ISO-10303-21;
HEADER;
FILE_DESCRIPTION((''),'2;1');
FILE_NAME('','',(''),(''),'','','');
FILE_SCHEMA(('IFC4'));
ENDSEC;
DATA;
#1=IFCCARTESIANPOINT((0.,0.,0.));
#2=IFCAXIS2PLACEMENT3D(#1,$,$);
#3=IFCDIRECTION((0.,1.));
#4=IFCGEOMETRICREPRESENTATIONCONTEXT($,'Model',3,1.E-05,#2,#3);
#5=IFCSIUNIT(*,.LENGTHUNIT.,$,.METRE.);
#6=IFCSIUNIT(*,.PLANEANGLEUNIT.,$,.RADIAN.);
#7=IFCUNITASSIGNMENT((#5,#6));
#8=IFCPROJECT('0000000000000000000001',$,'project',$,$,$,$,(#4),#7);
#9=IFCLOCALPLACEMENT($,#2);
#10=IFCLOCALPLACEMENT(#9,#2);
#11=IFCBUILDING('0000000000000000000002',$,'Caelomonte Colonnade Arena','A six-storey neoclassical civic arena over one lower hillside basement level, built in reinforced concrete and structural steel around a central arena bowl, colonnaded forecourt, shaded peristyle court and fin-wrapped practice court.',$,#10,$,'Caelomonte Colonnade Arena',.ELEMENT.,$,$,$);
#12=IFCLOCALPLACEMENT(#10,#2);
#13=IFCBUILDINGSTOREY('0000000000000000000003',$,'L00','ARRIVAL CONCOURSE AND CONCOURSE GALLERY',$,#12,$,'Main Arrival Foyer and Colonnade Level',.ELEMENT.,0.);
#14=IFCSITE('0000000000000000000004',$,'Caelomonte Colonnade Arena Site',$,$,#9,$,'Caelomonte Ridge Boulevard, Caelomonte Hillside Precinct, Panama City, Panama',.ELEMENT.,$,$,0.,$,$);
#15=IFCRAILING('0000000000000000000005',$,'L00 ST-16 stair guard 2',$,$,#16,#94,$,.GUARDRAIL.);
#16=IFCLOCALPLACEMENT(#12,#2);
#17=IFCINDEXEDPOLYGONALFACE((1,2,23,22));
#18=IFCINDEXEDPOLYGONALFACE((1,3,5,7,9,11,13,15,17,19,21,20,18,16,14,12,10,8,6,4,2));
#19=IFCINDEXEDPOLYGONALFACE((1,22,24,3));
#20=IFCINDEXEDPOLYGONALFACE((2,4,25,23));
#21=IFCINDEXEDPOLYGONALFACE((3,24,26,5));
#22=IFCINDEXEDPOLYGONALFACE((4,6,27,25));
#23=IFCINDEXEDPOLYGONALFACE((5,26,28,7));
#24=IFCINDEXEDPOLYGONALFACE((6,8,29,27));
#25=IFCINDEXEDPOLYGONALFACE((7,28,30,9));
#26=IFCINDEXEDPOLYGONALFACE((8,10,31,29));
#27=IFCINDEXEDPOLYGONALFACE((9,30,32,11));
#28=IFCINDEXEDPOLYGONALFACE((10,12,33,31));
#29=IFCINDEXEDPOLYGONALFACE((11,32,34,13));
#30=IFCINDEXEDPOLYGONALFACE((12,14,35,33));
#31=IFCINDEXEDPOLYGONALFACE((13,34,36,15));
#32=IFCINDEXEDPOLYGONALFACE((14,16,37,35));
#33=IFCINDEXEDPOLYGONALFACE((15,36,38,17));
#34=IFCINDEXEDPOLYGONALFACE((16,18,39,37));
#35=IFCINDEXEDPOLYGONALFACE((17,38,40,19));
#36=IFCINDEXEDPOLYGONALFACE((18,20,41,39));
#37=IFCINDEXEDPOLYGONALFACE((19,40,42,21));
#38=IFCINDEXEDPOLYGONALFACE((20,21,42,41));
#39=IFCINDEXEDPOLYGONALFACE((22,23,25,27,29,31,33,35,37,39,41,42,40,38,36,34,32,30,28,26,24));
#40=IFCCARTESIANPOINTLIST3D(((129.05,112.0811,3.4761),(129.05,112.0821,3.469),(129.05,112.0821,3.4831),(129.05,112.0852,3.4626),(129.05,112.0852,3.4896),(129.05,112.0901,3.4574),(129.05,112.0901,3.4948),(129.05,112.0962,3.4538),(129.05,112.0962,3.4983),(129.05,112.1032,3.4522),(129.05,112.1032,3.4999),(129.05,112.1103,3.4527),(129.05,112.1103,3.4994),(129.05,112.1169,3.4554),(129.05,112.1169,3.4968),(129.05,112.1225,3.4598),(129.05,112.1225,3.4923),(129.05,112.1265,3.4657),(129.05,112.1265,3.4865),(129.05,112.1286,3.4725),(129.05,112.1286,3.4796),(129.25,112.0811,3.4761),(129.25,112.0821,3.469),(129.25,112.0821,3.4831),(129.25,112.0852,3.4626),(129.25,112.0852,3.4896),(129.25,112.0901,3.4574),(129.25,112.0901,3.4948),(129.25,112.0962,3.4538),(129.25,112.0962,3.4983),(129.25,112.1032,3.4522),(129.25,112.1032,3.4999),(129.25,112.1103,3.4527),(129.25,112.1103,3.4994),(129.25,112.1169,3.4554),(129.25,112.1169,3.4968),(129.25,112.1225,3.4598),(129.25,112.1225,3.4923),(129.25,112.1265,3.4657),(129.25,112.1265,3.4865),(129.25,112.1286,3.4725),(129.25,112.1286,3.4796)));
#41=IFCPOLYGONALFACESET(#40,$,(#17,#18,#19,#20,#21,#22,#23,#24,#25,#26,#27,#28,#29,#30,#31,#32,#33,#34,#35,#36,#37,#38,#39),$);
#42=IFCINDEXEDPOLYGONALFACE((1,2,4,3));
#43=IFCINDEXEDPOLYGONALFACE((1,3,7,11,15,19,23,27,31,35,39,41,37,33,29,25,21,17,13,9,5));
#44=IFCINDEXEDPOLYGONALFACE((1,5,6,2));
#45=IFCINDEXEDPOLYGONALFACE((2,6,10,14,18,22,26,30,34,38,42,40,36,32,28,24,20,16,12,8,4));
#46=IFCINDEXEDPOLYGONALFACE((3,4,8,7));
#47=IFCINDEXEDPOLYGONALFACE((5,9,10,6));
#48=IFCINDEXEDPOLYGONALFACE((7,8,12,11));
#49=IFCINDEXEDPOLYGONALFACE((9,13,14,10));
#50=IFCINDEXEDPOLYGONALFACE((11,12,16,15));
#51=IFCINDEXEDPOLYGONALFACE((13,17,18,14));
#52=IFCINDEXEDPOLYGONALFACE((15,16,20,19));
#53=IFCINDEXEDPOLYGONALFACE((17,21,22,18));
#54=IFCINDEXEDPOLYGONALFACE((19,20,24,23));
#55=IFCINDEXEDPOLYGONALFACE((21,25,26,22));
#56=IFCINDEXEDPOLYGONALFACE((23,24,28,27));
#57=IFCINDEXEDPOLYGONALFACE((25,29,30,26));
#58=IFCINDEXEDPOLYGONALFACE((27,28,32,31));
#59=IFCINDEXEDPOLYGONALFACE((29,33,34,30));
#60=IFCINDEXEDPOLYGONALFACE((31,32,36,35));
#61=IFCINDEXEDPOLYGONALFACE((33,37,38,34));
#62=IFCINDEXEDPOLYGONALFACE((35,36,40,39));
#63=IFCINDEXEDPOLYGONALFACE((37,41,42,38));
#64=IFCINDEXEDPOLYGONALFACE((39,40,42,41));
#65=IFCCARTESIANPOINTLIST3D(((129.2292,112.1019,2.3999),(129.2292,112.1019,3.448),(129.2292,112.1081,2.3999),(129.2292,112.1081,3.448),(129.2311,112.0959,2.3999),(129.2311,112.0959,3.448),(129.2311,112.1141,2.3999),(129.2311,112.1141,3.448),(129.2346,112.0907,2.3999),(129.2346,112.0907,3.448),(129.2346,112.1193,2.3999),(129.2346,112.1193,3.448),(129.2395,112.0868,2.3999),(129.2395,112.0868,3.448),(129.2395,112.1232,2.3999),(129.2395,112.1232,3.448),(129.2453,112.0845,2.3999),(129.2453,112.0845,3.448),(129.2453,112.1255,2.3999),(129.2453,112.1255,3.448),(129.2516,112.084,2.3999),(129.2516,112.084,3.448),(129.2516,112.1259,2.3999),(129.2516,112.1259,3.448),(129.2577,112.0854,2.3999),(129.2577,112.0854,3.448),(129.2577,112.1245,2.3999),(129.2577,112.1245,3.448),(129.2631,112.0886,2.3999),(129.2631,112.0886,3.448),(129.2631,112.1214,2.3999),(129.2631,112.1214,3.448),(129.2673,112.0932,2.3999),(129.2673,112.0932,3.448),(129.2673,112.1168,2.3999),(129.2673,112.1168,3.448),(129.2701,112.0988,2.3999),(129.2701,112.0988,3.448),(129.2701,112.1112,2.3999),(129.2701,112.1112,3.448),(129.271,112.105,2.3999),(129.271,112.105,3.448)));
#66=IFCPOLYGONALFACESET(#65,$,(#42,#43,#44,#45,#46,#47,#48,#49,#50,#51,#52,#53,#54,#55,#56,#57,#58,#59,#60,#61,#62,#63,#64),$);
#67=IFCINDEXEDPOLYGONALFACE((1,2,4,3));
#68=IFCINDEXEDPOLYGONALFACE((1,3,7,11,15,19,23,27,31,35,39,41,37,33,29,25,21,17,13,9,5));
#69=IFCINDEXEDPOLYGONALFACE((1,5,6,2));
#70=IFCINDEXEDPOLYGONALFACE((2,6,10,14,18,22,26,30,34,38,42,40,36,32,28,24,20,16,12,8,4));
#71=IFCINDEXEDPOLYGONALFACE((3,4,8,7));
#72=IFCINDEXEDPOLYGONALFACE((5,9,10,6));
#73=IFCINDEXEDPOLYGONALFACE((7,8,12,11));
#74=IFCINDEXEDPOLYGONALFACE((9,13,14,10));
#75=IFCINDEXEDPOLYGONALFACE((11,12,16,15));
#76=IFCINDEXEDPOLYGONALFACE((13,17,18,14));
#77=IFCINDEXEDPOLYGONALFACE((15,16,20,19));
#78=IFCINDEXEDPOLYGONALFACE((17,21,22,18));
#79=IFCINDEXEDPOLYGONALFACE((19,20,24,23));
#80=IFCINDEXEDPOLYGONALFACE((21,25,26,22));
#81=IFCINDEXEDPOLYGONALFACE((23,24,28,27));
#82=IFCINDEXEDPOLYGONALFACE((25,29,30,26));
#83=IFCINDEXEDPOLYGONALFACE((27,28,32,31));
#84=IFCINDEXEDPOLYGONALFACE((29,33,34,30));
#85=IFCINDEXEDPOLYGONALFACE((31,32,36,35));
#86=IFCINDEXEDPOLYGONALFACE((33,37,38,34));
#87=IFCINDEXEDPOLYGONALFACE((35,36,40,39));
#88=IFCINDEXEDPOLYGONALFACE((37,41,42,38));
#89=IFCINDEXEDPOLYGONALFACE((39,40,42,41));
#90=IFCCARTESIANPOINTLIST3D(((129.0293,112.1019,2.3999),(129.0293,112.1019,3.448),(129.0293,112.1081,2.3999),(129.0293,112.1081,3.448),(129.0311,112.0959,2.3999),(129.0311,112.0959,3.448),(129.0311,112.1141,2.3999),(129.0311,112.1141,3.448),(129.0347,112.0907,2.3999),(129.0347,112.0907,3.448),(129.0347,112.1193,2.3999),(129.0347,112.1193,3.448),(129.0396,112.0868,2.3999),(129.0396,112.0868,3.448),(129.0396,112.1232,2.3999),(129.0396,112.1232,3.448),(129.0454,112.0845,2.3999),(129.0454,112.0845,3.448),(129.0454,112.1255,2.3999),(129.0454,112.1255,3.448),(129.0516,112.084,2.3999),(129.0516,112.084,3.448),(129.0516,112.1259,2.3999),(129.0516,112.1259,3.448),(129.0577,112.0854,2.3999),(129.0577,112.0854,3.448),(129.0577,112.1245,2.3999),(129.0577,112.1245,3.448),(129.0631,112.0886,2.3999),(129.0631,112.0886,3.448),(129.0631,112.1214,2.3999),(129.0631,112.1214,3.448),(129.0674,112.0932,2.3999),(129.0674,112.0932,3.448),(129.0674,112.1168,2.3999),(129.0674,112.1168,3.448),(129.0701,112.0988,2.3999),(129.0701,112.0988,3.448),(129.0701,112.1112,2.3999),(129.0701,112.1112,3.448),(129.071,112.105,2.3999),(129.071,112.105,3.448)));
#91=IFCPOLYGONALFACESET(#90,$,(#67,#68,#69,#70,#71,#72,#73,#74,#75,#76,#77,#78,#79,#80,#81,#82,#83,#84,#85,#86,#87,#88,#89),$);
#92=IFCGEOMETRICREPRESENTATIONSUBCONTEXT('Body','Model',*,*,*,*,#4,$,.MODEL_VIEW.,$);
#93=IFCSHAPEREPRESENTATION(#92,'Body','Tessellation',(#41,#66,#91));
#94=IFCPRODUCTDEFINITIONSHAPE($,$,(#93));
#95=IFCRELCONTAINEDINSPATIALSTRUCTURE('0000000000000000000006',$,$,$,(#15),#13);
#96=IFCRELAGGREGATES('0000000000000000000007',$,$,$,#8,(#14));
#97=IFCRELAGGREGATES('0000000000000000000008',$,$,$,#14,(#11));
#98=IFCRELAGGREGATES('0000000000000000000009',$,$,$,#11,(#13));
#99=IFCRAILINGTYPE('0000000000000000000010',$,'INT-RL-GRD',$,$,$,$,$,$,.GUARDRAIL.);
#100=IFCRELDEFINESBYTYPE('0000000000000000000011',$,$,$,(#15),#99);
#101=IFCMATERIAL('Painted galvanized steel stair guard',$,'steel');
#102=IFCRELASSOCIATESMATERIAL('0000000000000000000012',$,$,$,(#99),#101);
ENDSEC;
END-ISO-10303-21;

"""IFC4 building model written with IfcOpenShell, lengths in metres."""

from ifc_helpers import new_model, si_unit, direction, frame, origin, origin_2d, place, context, subcontext, project, spatial, circle, extrude, material, type_object, element, save


model = new_model("IFC4")

# Units and contexts
model_context = context("Model", 3, precision=1e-05, world=origin(), true_north=direction((0.0, 1.0)))
body_context = subcontext(model_context, "Body", "Model", "MODEL_VIEW")
ifc_project = project(units=[si_unit("LENGTHUNIT", "METRE"), si_unit("PLANEANGLEUNIT", "RADIAN")], contexts=[model_context])

# Site, building, storey
site_placement = place(None, origin())
site = spatial("IfcSite", under=ifc_project, at=site_placement, Name="Caelomonte Colonnade Arena Site", LongName="Caelomonte Ridge Boulevard, Caelomonte Hillside Precinct, Panama City, Panama", CompositionType="ELEMENT", RefElevation=0.0)
building_placement = place(site_placement, origin())
building = spatial("IfcBuilding", under=site, at=building_placement, Name="Caelomonte Colonnade Arena", Description="A six-storey neoclassical civic arena over one lower hillside basement level, built in reinforced concrete and structural steel around a central arena bowl, colonnaded forecourt, shaded peristyle court and fin-wrapped practice court.", LongName="Caelomonte Colonnade Arena", CompositionType="ELEMENT")
storey_placement = place(building_placement, origin())
storey = spatial("IfcBuildingStorey", under=building, at=storey_placement, Name="L00", Description="ARRIVAL CONCOURSE AND CONCOURSE GALLERY", LongName="Main Arrival Foyer and Colonnade Level", CompositionType="ELEMENT", Elevation=0.0)

# Railing
ifc_material_1 = material(Name="Painted galvanized steel stair guard", Category="steel")
railing_type_1 = type_object("IfcRailingType", Name="INT-RL-GRD", PredefinedType="GUARDRAIL", material=ifc_material_1)
railing_1_placement = place(storey_placement, frame((129.25, 112.105, 2.3999)))
element("IfcRailing", 1, at=railing_1_placement, inside=storey, type_object=railing_type_1, Name="L00 ST-16 stair guard 2", PredefinedType="GUARDRAIL", context=body_context, shape_type="SweptSolid", body=[
    extrude(circle(Radius=0.0239, at=origin_2d()), frame((0.0, 0.0, 1.0762), z_axis=(-1.0, 0.0, 0.0), x_axis=(0.0, -1.0, 0.0)), (0.0, 0.0, 1.0), 0.2),
    extrude(circle(Radius=0.021, at=origin_2d()), origin(), (0.0, 0.0, 1.0), 1.0481),
    extrude(circle(Radius=0.021, at=origin_2d()), frame((-0.2, 0.0, 0.0)), (0.0, 0.0, 1.0), 1.0481),
])

save(model, "model.ifc")
